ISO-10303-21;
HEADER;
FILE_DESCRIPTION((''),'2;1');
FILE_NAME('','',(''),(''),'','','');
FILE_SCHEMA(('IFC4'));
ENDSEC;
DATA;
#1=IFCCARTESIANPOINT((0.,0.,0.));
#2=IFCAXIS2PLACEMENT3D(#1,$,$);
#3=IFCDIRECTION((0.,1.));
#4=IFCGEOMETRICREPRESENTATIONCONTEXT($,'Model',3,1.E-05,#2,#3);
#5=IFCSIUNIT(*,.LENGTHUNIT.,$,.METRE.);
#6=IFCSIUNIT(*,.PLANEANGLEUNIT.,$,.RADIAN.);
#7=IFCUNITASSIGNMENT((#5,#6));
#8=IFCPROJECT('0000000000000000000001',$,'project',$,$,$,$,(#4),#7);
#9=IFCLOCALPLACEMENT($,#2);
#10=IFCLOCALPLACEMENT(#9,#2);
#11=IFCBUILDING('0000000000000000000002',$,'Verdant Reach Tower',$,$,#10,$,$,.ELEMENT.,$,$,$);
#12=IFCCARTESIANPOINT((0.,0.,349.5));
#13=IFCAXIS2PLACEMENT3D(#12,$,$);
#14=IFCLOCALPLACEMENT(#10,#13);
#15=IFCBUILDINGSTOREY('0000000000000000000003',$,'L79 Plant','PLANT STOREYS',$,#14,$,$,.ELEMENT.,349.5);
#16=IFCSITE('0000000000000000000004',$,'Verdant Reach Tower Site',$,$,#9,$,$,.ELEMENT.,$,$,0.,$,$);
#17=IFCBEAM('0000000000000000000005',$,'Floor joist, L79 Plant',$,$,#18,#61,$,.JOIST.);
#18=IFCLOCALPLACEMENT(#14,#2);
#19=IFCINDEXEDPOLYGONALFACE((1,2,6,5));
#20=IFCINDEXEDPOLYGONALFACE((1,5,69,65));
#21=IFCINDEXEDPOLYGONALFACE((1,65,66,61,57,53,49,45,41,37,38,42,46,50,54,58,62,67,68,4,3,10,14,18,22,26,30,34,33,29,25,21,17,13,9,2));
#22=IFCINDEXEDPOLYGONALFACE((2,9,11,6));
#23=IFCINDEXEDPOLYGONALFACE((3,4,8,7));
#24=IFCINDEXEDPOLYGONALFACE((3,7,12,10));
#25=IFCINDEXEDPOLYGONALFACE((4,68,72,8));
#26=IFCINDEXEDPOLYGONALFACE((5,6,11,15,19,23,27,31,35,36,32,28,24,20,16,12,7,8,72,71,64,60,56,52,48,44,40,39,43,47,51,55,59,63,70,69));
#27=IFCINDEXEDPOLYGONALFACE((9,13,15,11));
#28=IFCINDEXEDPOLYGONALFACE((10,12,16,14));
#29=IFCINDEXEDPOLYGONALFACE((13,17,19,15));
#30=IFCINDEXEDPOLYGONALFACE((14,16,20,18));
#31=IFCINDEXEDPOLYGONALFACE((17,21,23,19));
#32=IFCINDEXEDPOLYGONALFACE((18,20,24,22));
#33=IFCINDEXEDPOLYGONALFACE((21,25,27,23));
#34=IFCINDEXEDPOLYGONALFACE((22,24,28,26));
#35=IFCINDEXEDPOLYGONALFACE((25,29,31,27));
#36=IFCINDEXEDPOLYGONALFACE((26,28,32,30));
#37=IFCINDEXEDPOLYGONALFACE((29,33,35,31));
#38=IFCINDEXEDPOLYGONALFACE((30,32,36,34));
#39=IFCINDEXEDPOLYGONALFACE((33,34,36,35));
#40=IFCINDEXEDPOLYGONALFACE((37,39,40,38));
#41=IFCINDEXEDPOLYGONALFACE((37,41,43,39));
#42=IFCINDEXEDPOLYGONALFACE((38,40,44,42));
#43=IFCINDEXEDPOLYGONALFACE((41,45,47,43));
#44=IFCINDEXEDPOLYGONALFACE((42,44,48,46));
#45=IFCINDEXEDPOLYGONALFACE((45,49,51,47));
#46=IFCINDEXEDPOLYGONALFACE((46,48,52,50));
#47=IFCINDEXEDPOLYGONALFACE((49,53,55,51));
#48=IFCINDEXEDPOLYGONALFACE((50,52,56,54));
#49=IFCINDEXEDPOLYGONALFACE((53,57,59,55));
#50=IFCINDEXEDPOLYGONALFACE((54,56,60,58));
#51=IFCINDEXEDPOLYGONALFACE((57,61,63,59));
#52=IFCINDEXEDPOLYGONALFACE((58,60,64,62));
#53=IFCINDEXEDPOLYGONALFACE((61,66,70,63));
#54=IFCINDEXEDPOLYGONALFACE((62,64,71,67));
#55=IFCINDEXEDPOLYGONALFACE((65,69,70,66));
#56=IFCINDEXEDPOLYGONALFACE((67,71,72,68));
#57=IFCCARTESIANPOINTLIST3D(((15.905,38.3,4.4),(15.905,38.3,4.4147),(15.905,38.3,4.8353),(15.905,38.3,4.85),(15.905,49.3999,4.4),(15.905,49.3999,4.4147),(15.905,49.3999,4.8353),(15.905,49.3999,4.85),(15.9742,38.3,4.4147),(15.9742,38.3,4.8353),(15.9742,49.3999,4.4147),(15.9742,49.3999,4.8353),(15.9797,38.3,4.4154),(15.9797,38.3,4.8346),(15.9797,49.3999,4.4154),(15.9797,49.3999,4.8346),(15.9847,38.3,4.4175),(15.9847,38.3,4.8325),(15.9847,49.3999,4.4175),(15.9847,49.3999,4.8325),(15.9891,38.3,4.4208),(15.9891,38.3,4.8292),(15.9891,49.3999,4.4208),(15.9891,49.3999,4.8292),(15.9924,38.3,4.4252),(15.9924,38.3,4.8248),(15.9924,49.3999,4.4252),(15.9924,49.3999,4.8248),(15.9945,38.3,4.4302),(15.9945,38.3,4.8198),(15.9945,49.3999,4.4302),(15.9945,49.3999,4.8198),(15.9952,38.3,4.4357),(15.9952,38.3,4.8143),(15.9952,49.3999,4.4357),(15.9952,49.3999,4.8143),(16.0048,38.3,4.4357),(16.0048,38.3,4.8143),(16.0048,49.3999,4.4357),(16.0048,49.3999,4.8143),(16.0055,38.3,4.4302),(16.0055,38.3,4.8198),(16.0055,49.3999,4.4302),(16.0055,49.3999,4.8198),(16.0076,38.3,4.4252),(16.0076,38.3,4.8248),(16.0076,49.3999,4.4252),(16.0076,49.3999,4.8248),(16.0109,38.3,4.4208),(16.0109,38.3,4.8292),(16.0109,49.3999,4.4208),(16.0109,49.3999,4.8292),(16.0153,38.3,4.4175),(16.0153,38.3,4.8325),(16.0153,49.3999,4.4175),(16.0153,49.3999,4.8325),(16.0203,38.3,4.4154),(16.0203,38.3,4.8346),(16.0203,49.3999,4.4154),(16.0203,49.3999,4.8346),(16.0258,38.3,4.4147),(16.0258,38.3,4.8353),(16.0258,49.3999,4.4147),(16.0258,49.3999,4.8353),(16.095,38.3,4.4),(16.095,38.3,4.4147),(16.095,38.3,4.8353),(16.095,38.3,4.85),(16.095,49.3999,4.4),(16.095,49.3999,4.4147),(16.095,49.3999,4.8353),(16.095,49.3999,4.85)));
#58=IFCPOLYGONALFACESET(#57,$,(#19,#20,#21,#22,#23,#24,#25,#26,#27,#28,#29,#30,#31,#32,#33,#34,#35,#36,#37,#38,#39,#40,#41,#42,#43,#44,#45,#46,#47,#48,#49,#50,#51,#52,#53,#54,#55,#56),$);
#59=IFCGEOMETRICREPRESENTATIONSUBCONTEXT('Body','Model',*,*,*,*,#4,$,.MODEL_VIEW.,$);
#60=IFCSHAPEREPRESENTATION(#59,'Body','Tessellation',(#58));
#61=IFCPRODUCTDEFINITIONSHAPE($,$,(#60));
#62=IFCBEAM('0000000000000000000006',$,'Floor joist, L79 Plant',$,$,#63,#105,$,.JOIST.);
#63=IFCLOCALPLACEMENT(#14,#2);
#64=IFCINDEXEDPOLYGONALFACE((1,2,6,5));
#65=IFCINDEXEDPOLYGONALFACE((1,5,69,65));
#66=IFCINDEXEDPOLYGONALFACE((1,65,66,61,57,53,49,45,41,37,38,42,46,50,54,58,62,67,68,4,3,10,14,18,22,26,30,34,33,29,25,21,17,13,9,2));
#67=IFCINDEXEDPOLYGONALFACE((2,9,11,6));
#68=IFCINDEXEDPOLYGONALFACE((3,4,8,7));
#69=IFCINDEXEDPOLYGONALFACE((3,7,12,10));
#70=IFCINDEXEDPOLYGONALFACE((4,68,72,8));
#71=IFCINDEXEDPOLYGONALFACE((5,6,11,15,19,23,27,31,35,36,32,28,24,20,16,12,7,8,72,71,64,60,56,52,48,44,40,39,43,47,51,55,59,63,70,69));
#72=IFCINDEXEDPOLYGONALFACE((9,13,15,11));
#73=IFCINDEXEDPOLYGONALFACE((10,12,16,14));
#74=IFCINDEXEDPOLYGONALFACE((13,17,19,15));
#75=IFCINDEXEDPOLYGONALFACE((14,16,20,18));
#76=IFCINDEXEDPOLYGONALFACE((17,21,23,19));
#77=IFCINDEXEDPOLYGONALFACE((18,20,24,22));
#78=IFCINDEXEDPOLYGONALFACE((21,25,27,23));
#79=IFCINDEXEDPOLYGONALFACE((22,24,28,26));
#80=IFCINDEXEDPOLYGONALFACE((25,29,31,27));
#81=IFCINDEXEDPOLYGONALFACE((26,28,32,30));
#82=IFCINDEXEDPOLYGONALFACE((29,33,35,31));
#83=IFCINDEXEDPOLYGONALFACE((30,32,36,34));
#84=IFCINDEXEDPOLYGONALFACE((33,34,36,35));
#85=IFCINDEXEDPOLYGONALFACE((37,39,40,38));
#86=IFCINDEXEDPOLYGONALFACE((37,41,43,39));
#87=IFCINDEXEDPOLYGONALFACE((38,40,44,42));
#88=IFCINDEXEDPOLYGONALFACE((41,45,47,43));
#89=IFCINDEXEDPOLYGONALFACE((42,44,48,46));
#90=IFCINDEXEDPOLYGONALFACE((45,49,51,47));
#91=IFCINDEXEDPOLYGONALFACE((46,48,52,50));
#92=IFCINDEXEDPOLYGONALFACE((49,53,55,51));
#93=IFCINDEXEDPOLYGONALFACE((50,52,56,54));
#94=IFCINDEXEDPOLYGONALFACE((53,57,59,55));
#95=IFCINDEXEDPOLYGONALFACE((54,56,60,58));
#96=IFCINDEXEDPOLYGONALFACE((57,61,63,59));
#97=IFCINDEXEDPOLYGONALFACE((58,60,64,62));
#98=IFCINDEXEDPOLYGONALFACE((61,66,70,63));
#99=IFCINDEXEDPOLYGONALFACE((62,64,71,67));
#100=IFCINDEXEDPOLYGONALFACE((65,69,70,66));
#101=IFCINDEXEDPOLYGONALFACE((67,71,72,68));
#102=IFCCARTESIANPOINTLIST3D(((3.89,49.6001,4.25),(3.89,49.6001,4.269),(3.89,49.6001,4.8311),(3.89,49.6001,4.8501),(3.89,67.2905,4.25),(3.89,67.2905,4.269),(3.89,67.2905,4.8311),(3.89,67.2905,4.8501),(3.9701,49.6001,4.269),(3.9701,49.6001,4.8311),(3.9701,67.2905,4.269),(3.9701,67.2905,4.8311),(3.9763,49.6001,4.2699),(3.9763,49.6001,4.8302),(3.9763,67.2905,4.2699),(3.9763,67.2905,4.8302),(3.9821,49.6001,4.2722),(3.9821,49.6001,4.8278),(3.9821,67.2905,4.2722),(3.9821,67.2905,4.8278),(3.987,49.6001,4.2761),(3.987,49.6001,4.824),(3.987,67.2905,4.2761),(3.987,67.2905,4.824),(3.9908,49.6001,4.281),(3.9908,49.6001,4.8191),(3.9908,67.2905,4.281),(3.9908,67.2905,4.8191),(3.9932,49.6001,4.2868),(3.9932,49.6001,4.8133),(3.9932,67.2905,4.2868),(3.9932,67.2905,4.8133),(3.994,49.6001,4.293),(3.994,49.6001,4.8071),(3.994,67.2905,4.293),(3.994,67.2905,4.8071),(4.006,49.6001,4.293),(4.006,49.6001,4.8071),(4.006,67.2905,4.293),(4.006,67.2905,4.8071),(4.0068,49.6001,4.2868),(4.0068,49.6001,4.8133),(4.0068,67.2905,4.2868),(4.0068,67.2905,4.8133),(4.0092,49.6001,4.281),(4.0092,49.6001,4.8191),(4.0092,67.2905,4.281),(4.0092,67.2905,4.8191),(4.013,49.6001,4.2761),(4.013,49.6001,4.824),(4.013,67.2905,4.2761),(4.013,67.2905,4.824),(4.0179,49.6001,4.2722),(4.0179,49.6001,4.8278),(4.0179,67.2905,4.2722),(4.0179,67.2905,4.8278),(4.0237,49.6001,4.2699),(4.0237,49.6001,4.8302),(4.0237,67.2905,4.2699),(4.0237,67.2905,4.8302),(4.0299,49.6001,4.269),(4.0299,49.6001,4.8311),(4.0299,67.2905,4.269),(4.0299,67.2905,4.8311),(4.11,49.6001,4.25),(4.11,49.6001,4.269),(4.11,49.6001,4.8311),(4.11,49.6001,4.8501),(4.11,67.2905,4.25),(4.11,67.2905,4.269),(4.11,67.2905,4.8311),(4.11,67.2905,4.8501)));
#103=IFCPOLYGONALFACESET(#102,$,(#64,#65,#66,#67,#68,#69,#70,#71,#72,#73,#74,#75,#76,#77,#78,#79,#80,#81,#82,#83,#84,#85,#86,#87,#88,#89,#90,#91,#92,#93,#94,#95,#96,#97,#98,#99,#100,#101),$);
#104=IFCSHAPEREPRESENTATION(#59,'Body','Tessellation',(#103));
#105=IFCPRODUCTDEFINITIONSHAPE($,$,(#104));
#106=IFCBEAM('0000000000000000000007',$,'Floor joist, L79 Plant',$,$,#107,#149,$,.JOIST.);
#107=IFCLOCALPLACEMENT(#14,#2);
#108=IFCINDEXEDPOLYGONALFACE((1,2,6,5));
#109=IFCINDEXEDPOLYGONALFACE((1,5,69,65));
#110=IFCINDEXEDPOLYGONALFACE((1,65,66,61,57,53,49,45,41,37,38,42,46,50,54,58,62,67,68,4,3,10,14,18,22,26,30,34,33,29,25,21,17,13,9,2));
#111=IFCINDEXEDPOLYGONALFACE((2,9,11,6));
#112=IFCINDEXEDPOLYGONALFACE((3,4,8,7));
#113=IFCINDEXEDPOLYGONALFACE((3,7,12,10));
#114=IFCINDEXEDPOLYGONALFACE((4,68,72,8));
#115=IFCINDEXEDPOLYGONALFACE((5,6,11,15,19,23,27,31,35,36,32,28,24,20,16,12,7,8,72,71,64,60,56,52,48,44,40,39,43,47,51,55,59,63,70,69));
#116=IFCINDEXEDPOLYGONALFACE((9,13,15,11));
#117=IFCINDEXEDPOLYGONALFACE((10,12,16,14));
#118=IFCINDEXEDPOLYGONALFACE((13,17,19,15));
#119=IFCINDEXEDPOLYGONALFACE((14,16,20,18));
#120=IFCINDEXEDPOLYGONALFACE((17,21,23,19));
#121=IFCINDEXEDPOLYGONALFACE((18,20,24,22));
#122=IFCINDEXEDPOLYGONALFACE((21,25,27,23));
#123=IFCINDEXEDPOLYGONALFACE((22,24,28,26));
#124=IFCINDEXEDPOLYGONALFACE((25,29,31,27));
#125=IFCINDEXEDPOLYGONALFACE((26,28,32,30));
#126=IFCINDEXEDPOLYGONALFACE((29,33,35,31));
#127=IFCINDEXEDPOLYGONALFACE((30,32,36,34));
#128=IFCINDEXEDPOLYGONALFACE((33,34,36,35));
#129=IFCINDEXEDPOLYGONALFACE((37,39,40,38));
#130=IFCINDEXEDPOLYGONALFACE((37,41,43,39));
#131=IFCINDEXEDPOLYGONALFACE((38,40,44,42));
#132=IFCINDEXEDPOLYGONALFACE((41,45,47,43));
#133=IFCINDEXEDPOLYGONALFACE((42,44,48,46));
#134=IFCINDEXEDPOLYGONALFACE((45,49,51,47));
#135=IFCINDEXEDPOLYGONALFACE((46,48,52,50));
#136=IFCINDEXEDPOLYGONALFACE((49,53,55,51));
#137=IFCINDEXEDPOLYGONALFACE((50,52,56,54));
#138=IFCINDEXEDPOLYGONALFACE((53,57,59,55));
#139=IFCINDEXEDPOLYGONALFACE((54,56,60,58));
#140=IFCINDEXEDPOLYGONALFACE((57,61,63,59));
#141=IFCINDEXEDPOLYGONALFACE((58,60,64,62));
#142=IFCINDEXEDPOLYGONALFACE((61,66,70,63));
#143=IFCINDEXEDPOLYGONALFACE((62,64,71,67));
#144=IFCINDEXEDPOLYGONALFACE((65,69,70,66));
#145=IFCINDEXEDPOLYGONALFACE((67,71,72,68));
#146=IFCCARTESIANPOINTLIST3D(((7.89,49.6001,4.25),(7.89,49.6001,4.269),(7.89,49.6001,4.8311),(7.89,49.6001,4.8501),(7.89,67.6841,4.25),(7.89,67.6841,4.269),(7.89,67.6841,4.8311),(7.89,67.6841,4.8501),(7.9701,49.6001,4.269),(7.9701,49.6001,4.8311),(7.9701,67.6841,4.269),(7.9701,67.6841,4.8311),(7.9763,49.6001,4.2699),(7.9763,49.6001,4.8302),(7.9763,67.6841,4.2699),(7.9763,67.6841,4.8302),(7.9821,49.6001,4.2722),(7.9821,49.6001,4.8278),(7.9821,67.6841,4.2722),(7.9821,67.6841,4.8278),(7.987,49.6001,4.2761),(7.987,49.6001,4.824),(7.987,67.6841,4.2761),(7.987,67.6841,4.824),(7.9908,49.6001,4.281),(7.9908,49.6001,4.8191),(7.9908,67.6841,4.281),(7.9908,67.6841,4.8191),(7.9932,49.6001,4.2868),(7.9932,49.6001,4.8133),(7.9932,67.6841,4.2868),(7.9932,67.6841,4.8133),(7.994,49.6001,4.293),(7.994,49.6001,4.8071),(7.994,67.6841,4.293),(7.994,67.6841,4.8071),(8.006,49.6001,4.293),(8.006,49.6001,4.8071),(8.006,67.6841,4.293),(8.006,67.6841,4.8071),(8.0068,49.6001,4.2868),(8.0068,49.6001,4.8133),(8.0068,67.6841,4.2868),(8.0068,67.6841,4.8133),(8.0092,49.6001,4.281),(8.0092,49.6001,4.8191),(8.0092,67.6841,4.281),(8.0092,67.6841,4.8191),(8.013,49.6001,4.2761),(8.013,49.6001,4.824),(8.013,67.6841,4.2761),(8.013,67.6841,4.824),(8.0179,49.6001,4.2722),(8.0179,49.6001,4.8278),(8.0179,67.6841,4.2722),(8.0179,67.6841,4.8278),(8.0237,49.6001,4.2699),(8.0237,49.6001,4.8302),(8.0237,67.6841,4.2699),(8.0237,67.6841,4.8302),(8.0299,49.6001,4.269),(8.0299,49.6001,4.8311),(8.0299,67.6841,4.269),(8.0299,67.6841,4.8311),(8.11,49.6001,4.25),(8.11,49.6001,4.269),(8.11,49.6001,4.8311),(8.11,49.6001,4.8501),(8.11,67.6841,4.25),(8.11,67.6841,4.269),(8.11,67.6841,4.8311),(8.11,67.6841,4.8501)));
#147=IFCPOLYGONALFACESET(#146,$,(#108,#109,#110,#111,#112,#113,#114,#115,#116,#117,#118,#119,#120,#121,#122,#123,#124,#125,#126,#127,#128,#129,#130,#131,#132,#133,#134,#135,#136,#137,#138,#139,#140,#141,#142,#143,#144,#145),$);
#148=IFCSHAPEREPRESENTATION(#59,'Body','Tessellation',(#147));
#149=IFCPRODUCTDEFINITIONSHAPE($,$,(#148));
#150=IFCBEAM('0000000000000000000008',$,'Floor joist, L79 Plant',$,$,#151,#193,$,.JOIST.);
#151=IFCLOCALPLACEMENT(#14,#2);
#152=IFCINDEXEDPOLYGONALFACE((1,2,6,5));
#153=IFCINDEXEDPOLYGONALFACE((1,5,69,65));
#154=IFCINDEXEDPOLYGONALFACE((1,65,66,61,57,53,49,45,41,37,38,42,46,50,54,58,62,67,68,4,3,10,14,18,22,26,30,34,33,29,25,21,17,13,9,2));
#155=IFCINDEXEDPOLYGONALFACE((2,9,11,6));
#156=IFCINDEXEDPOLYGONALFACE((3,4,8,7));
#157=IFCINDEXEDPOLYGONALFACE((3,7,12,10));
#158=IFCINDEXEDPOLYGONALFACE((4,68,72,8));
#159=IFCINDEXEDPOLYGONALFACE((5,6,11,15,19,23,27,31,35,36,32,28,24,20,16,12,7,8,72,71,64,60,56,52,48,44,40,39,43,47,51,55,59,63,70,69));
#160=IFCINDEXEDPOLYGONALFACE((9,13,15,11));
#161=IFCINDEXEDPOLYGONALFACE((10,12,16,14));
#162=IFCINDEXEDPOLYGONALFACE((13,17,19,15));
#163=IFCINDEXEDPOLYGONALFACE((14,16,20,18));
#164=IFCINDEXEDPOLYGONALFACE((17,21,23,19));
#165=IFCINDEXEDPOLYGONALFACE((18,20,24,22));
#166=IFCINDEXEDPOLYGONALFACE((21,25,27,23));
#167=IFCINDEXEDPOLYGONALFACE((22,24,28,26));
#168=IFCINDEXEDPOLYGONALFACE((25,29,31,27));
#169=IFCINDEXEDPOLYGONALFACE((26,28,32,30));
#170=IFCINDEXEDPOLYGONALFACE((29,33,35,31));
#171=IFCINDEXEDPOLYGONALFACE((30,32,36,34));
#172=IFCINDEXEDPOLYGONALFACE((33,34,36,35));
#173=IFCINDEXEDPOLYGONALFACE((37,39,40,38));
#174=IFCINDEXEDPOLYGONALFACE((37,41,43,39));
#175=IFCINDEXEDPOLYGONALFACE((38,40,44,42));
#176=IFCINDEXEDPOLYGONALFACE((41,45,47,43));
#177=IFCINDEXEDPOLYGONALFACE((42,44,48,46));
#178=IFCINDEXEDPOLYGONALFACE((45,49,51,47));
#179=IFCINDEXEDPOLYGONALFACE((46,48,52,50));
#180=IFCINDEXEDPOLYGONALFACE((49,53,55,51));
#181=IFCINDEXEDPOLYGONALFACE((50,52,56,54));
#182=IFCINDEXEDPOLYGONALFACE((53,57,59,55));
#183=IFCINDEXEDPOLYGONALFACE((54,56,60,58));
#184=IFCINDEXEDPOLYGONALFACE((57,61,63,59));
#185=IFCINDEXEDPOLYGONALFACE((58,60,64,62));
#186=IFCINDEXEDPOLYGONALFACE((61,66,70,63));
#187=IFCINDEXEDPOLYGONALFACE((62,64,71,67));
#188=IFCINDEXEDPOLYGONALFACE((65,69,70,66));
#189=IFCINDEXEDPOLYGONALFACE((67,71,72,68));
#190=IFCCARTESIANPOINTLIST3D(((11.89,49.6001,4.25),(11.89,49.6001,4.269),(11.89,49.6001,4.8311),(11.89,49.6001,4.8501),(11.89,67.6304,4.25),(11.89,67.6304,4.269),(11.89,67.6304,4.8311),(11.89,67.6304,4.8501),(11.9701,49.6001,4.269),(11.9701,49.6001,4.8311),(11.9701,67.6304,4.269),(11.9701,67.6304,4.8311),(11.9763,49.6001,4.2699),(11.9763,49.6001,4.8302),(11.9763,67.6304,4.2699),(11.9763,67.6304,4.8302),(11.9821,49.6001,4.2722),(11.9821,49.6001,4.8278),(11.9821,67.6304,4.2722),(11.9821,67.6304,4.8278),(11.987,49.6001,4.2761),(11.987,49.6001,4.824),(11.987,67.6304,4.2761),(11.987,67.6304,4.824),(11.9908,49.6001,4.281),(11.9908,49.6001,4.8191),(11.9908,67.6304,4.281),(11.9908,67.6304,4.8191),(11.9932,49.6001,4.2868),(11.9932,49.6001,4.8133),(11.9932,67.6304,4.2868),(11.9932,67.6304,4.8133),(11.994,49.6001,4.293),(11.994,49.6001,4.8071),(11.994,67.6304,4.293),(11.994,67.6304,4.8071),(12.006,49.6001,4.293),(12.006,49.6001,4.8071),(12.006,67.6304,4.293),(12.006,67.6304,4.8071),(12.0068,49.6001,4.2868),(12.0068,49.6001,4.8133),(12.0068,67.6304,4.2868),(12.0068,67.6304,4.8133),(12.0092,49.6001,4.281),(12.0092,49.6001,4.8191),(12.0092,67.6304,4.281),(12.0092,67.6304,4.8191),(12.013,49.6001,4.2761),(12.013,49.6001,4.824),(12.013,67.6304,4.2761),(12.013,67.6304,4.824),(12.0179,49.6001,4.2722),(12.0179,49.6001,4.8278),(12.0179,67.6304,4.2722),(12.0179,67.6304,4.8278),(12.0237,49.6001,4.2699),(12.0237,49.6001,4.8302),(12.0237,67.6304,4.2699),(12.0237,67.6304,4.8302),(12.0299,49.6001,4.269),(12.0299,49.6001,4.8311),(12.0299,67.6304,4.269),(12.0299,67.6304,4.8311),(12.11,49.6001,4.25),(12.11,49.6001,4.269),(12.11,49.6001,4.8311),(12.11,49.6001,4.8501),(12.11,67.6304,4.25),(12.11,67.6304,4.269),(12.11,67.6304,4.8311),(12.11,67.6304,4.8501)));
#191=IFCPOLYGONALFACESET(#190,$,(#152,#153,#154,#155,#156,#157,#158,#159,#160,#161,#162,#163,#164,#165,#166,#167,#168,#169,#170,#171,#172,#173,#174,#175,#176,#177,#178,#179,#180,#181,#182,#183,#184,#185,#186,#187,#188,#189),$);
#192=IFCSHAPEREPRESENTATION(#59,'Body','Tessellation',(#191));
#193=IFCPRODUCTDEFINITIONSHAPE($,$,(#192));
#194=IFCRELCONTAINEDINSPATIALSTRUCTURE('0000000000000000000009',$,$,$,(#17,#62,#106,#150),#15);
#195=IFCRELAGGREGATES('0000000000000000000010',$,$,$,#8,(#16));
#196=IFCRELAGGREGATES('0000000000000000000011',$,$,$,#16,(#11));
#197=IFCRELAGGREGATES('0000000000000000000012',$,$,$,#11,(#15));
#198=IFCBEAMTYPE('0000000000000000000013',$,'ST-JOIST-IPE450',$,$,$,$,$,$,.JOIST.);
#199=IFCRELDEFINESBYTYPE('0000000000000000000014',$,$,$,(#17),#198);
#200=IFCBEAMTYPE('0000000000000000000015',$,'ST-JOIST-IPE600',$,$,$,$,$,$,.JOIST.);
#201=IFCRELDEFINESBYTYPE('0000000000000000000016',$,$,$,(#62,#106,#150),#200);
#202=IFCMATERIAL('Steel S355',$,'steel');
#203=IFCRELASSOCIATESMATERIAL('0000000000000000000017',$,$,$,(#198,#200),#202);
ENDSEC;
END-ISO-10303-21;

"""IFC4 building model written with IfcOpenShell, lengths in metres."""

from ifc_helpers import new_model, si_unit, direction, frame, origin, origin_2d, place, context, subcontext, project, spatial, i_section, extrude, material, material_profile, profile_set, type_object, element, save


model = new_model("IFC4")

# Units and contexts
model_context = context("Model", 3, precision=1e-05, world=origin(), true_north=direction((0.0, 1.0)))
body_context = subcontext(model_context, "Body", "Model", "MODEL_VIEW")
ifc_project = project(units=[si_unit("LENGTHUNIT", "METRE"), si_unit("PLANEANGLEUNIT", "RADIAN")], contexts=[model_context])

# Site, building, storey
site_placement = place(None, origin())
site = spatial("IfcSite", under=ifc_project, at=site_placement, Name="Verdant Reach Tower Site", CompositionType="ELEMENT", RefElevation=0.0)
building_placement = place(site_placement, origin())
building = spatial("IfcBuilding", under=site, at=building_placement, Name="Verdant Reach Tower", CompositionType="ELEMENT")
storey_placement = place(building_placement, frame((0.0, 0.0, 349.5)))
storey = spatial("IfcBuildingStorey", under=building, at=storey_placement, Name="L79 Plant", Description="PLANT STOREYS", CompositionType="ELEMENT", Elevation=349.5)

# Beams
ifc_material_1 = material(Name="Steel S355", Category="steel")
ifc_material_profile_1 = material_profile(ifc_material_1, i_section(OverallWidth=0.1899, OverallDepth=0.45, WebThickness=0.0095, FlangeThickness=0.0146, FilletRadius=0.021, at=origin_2d()), Name="IPE 450")
ifc_profile_set_1 = profile_set([ifc_material_profile_1], Name="Steel S355")
beam_type_1 = type_object("IfcBeamType", Name="ST-JOIST-IPE450", PredefinedType="JOIST", material=ifc_profile_set_1)
beam_1_placement = place(storey_placement, frame((16.0, 38.3, 4.625), z_axis=(0.0, 1.0, 0.0), x_axis=(-1.0, 0.0, 0.0)))
element("IfcBeam", 1, at=beam_1_placement, inside=storey, type_object=beam_type_1, Name="Floor joist, L79 Plant", PredefinedType="JOIST", context=body_context, shape_type="SweptSolid", body=[
    extrude(i_section(OverallWidth=0.1899, OverallDepth=0.45, WebThickness=0.0095, FlangeThickness=0.0146, FilletRadius=0.021, at=origin_2d()), origin(), (0.0, 0.0, 1.0), 11.0999),
])
ifc_material_profile_2 = material_profile(ifc_material_1, i_section(OverallWidth=0.22, OverallDepth=0.6001, WebThickness=0.012, FlangeThickness=0.019, FilletRadius=0.0239, at=origin_2d()), Name="IPE 600")
ifc_profile_set_2 = profile_set([ifc_material_profile_2], Name="Steel S355")
beam_type_2 = type_object("IfcBeamType", Name="ST-JOIST-IPE600", PredefinedType="JOIST", material=ifc_profile_set_2)
beam_2_placement = place(storey_placement, frame((4.0, 49.6001, 4.55), z_axis=(0.0, 1.0, 0.0), x_axis=(-1.0, 0.0, 0.0)))
element("IfcBeam", 2, at=beam_2_placement, inside=storey, type_object=beam_type_2, Name="Floor joist, L79 Plant", PredefinedType="JOIST", context=body_context, shape_type="SweptSolid", body=[
    extrude(i_section(OverallWidth=0.22, OverallDepth=0.6001, WebThickness=0.012, FlangeThickness=0.019, FilletRadius=0.0239, at=origin_2d()), origin(), (0.0, 0.0, 1.0), 17.6904),
])
beam_3_placement = place(storey_placement, frame((8.0, 49.6001, 4.55), z_axis=(0.0, 1.0, 0.0), x_axis=(-1.0, 0.0, 0.0)))
element("IfcBeam", 3, at=beam_3_placement, inside=storey, type_object=beam_type_2, Name="Floor joist, L79 Plant", PredefinedType="JOIST", context=body_context, shape_type="SweptSolid", body=[
    extrude(i_section(OverallWidth=0.22, OverallDepth=0.6001, WebThickness=0.012, FlangeThickness=0.019, FilletRadius=0.0239, at=origin_2d()), origin(), (0.0, 0.0, 1.0), 18.084),
])
beam_4_placement = place(storey_placement, frame((12.0, 49.6001, 4.55), z_axis=(0.0, 1.0, 0.0), x_axis=(-1.0, 0.0, 0.0)))
element("IfcBeam", 4, at=beam_4_placement, inside=storey, type_object=beam_type_2, Name="Floor joist, L79 Plant", PredefinedType="JOIST", context=body_context, shape_type="SweptSolid", body=[
    extrude(i_section(OverallWidth=0.22, OverallDepth=0.6001, WebThickness=0.012, FlangeThickness=0.019, FilletRadius=0.0239, at=origin_2d()), origin(), (0.0, 0.0, 1.0), 18.0303),
])

save(model, "model.ifc")
